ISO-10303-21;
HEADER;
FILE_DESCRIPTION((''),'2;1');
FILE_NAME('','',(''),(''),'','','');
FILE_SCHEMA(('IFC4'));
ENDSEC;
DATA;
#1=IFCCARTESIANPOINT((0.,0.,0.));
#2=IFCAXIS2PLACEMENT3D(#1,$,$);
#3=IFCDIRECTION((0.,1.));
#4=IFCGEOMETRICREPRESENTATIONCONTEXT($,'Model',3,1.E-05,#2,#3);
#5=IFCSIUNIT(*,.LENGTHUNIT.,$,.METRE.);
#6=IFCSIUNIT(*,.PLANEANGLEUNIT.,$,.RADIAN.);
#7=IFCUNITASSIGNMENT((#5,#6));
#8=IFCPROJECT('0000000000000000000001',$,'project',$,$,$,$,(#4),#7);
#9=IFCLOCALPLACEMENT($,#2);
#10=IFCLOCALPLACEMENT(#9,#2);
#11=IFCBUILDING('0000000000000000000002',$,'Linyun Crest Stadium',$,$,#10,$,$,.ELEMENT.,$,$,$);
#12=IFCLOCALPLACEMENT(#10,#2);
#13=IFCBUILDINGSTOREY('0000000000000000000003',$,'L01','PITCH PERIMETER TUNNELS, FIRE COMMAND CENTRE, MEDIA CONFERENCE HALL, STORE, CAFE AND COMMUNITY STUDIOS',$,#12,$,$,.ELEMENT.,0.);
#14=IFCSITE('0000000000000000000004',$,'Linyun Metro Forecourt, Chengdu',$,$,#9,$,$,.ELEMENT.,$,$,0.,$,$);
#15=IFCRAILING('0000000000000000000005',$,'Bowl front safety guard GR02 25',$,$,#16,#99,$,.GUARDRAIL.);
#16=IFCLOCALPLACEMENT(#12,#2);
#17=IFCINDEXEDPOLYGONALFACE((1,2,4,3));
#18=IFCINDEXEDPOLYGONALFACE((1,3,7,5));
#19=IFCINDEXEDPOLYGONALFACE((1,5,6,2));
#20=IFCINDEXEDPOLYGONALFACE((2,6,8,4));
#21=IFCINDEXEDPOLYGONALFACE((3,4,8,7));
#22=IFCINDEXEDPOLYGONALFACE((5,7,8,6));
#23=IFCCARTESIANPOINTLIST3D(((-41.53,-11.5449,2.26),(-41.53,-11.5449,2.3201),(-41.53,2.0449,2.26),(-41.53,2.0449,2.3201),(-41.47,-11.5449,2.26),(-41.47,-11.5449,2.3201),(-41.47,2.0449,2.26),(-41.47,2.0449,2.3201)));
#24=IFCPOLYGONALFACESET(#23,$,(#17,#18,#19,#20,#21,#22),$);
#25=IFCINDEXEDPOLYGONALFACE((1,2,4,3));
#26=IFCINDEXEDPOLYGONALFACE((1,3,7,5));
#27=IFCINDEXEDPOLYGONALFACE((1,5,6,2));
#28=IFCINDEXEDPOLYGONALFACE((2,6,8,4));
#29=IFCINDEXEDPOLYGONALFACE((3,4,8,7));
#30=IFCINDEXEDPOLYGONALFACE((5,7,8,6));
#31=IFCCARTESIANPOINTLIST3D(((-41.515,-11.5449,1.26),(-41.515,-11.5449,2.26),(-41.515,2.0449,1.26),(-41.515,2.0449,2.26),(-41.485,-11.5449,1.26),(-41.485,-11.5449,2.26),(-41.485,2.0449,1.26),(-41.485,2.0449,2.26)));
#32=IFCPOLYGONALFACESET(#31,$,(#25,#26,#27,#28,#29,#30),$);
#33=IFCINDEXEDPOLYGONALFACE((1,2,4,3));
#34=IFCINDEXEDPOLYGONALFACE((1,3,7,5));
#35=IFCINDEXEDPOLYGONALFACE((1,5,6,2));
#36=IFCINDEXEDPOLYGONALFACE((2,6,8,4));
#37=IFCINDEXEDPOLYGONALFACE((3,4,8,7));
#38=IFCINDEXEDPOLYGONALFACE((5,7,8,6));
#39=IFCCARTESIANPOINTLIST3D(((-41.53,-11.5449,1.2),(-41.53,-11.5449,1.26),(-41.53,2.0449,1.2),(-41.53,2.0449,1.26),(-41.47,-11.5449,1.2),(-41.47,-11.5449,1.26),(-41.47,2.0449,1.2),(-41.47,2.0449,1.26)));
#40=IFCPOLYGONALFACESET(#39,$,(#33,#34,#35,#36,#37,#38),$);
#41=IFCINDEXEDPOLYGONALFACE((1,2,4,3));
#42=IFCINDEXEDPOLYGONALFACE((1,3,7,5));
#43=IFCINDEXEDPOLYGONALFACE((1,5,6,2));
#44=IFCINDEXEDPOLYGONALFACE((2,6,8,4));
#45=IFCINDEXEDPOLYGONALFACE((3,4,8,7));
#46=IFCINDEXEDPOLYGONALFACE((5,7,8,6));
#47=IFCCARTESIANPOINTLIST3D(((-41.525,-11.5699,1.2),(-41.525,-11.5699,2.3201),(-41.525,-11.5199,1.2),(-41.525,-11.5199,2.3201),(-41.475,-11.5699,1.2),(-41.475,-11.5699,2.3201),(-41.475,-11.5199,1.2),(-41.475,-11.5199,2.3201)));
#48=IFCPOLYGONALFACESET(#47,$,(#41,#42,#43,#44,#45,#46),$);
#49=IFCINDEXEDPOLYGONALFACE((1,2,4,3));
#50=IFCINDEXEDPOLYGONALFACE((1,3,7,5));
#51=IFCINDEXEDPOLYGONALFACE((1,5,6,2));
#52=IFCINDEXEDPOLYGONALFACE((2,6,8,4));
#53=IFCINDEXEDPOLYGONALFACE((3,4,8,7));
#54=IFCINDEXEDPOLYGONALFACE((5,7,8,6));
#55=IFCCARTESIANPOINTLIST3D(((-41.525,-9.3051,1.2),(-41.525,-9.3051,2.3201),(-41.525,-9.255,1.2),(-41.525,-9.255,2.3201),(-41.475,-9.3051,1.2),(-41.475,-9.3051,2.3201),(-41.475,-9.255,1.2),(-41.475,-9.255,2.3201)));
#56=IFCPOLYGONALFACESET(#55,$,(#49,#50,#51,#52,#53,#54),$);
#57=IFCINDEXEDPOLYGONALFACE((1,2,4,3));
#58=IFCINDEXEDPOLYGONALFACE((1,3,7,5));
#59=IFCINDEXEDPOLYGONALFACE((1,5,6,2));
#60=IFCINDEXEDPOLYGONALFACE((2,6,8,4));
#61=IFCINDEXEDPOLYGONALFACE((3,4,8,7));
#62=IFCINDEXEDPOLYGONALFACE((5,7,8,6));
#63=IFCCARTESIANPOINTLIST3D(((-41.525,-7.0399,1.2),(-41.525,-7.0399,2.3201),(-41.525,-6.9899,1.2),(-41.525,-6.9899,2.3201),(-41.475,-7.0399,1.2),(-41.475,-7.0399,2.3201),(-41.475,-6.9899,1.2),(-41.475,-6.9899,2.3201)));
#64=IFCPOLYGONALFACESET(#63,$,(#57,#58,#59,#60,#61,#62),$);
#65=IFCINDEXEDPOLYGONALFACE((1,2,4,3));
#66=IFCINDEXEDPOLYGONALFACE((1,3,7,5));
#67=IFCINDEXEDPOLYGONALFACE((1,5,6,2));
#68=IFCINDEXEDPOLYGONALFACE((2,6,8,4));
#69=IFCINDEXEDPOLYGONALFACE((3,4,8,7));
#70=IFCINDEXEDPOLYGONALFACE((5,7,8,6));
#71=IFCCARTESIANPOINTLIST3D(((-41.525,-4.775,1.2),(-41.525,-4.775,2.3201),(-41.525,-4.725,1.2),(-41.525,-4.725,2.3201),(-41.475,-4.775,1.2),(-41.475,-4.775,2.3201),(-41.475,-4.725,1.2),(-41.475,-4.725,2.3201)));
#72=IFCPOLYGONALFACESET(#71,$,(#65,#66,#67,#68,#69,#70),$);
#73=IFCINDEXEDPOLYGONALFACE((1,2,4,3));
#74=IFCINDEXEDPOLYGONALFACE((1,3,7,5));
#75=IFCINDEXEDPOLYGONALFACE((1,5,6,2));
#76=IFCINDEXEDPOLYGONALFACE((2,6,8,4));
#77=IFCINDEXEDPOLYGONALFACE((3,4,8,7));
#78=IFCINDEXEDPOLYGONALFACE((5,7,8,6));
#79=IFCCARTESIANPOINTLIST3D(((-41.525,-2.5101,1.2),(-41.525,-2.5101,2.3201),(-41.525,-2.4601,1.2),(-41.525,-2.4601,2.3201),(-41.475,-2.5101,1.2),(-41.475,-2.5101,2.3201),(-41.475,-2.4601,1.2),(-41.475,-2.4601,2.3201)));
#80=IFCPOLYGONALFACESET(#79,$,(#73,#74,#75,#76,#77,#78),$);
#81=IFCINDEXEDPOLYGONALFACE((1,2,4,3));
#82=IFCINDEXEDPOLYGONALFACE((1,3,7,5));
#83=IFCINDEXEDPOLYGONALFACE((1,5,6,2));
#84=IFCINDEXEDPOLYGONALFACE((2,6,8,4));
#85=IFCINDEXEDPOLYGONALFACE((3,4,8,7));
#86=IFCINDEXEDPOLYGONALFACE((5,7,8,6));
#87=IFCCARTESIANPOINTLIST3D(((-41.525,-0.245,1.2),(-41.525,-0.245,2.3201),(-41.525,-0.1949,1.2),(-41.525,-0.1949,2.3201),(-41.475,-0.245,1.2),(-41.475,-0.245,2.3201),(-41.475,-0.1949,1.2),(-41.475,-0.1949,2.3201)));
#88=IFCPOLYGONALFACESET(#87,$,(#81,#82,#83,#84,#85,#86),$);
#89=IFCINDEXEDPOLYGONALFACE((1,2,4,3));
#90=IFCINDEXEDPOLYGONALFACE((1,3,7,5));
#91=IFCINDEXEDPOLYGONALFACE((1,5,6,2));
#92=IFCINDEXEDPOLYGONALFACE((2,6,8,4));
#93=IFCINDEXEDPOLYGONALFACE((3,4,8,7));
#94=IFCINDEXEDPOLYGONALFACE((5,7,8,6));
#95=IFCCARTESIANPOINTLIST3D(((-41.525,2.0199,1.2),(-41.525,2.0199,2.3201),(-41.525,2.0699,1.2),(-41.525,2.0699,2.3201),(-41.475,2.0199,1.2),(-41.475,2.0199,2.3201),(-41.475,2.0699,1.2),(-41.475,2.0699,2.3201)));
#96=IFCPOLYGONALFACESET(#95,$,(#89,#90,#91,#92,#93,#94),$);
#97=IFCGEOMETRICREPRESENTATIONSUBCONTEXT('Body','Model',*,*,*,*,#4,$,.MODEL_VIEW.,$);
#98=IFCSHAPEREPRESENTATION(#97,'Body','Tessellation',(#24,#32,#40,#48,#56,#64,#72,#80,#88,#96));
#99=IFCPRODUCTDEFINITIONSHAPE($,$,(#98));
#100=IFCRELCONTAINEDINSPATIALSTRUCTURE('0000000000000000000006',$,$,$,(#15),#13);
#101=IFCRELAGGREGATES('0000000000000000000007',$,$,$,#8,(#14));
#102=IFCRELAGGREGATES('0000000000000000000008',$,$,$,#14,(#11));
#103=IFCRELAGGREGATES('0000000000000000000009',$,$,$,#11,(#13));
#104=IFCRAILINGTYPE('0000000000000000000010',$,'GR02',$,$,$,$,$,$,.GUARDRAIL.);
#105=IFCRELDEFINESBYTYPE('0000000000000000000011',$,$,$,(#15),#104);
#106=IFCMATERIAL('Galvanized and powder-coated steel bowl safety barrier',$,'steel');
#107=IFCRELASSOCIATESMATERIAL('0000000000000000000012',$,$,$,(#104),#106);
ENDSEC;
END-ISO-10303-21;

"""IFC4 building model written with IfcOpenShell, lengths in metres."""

from ifc_helpers import new_model, si_unit, direction, frame, origin, origin_2d, place, context, subcontext, project, spatial, rectangle, extrude, material, type_object, element, save


model = new_model("IFC4")

# Units and contexts
model_context = context("Model", 3, precision=1e-05, world=origin(), true_north=direction((0.0, 1.0)))
body_context = subcontext(model_context, "Body", "Model", "MODEL_VIEW")
ifc_project = project(units=[si_unit("LENGTHUNIT", "METRE"), si_unit("PLANEANGLEUNIT", "RADIAN")], contexts=[model_context])

# Site, building, storey
site_placement = place(None, origin())
site = spatial("IfcSite", under=ifc_project, at=site_placement, Name="Linyun Metro Forecourt, Chengdu", CompositionType="ELEMENT", RefElevation=0.0)
building_placement = place(site_placement, origin())
building = spatial("IfcBuilding", under=site, at=building_placement, Name="Linyun Crest Stadium", CompositionType="ELEMENT")
storey_placement = place(building_placement, origin())
storey = spatial("IfcBuildingStorey", under=building, at=storey_placement, Name="L01", Description="PITCH PERIMETER TUNNELS, FIRE COMMAND CENTRE, MEDIA CONFERENCE HALL, STORE, CAFE AND COMMUNITY STUDIOS", CompositionType="ELEMENT", Elevation=0.0)

# Railing
ifc_material_1 = material(Name="Galvanized and powder-coated steel bowl safety barrier", Category="steel")
railing_type = type_object("IfcRailingType", Name="GR02", PredefinedType="GUARDRAIL", material=ifc_material_1)
for number, where, name in (
    (1, (-41.5, -11.5449, 1.2), "Bowl front safety guard GR02 25"),
):
    element("IfcRailing", number, at=place(storey_placement, frame(where)), inside=storey, type_object=railing_type, Name=name, PredefinedType="GUARDRAIL", context=body_context, shape_type="SweptSolid", body=[
        extrude(rectangle(XDim=0.0601, YDim=0.0601, at=origin_2d()), frame((0.0, 0.0, 1.0901), z_axis=(0.0, 1.0, 0.0), x_axis=(-1.0, 0.0, 0.0)), (0.0, 0.0, 1.0), 13.5898),
        extrude(rectangle(XDim=0.03, YDim=1.0, at=origin_2d()), frame((0.0, 0.0, 0.5601), z_axis=(0.0, 1.0, 0.0), x_axis=(-1.0, 0.0, 0.0)), (0.0, 0.0, 1.0), 13.5898),
        extrude(rectangle(XDim=0.0601, YDim=0.0601, at=origin_2d()), frame((0.0, 0.0, 0.03), z_axis=(0.0, 1.0, 0.0), x_axis=(-1.0, 0.0, 0.0)), (0.0, 0.0, 1.0), 13.5898),
        extrude(rectangle(XDim=0.05, YDim=0.05, at=origin_2d()), origin(), (0.0, 0.0, 1.0), 1.1201),
        extrude(rectangle(XDim=0.05, YDim=0.05, at=origin_2d()), frame((0.0, 2.2649, 0.0)), (0.0, 0.0, 1.0), 1.1201),
        extrude(rectangle(XDim=0.05, YDim=0.05, at=origin_2d()), frame((0.0, 4.53, 0.0)), (0.0, 0.0, 1.0), 1.1201),
        extrude(rectangle(XDim=0.05, YDim=0.05, at=origin_2d()), frame((0.0, 6.7949, 0.0)), (0.0, 0.0, 1.0), 1.1201),
        extrude(rectangle(XDim=0.05, YDim=0.05, at=origin_2d()), frame((0.0, 9.0598, 0.0)), (0.0, 0.0, 1.0), 1.1201),
        extrude(rectangle(XDim=0.05, YDim=0.05, at=origin_2d()), frame((0.0, 11.325, 0.0)), (0.0, 0.0, 1.0), 1.1201),
        extrude(rectangle(XDim=0.05, YDim=0.05, at=origin_2d()), frame((0.0, 13.5898, 0.0)), (0.0, 0.0, 1.0), 1.1201),
    ])

save(model, "model.ifc")
